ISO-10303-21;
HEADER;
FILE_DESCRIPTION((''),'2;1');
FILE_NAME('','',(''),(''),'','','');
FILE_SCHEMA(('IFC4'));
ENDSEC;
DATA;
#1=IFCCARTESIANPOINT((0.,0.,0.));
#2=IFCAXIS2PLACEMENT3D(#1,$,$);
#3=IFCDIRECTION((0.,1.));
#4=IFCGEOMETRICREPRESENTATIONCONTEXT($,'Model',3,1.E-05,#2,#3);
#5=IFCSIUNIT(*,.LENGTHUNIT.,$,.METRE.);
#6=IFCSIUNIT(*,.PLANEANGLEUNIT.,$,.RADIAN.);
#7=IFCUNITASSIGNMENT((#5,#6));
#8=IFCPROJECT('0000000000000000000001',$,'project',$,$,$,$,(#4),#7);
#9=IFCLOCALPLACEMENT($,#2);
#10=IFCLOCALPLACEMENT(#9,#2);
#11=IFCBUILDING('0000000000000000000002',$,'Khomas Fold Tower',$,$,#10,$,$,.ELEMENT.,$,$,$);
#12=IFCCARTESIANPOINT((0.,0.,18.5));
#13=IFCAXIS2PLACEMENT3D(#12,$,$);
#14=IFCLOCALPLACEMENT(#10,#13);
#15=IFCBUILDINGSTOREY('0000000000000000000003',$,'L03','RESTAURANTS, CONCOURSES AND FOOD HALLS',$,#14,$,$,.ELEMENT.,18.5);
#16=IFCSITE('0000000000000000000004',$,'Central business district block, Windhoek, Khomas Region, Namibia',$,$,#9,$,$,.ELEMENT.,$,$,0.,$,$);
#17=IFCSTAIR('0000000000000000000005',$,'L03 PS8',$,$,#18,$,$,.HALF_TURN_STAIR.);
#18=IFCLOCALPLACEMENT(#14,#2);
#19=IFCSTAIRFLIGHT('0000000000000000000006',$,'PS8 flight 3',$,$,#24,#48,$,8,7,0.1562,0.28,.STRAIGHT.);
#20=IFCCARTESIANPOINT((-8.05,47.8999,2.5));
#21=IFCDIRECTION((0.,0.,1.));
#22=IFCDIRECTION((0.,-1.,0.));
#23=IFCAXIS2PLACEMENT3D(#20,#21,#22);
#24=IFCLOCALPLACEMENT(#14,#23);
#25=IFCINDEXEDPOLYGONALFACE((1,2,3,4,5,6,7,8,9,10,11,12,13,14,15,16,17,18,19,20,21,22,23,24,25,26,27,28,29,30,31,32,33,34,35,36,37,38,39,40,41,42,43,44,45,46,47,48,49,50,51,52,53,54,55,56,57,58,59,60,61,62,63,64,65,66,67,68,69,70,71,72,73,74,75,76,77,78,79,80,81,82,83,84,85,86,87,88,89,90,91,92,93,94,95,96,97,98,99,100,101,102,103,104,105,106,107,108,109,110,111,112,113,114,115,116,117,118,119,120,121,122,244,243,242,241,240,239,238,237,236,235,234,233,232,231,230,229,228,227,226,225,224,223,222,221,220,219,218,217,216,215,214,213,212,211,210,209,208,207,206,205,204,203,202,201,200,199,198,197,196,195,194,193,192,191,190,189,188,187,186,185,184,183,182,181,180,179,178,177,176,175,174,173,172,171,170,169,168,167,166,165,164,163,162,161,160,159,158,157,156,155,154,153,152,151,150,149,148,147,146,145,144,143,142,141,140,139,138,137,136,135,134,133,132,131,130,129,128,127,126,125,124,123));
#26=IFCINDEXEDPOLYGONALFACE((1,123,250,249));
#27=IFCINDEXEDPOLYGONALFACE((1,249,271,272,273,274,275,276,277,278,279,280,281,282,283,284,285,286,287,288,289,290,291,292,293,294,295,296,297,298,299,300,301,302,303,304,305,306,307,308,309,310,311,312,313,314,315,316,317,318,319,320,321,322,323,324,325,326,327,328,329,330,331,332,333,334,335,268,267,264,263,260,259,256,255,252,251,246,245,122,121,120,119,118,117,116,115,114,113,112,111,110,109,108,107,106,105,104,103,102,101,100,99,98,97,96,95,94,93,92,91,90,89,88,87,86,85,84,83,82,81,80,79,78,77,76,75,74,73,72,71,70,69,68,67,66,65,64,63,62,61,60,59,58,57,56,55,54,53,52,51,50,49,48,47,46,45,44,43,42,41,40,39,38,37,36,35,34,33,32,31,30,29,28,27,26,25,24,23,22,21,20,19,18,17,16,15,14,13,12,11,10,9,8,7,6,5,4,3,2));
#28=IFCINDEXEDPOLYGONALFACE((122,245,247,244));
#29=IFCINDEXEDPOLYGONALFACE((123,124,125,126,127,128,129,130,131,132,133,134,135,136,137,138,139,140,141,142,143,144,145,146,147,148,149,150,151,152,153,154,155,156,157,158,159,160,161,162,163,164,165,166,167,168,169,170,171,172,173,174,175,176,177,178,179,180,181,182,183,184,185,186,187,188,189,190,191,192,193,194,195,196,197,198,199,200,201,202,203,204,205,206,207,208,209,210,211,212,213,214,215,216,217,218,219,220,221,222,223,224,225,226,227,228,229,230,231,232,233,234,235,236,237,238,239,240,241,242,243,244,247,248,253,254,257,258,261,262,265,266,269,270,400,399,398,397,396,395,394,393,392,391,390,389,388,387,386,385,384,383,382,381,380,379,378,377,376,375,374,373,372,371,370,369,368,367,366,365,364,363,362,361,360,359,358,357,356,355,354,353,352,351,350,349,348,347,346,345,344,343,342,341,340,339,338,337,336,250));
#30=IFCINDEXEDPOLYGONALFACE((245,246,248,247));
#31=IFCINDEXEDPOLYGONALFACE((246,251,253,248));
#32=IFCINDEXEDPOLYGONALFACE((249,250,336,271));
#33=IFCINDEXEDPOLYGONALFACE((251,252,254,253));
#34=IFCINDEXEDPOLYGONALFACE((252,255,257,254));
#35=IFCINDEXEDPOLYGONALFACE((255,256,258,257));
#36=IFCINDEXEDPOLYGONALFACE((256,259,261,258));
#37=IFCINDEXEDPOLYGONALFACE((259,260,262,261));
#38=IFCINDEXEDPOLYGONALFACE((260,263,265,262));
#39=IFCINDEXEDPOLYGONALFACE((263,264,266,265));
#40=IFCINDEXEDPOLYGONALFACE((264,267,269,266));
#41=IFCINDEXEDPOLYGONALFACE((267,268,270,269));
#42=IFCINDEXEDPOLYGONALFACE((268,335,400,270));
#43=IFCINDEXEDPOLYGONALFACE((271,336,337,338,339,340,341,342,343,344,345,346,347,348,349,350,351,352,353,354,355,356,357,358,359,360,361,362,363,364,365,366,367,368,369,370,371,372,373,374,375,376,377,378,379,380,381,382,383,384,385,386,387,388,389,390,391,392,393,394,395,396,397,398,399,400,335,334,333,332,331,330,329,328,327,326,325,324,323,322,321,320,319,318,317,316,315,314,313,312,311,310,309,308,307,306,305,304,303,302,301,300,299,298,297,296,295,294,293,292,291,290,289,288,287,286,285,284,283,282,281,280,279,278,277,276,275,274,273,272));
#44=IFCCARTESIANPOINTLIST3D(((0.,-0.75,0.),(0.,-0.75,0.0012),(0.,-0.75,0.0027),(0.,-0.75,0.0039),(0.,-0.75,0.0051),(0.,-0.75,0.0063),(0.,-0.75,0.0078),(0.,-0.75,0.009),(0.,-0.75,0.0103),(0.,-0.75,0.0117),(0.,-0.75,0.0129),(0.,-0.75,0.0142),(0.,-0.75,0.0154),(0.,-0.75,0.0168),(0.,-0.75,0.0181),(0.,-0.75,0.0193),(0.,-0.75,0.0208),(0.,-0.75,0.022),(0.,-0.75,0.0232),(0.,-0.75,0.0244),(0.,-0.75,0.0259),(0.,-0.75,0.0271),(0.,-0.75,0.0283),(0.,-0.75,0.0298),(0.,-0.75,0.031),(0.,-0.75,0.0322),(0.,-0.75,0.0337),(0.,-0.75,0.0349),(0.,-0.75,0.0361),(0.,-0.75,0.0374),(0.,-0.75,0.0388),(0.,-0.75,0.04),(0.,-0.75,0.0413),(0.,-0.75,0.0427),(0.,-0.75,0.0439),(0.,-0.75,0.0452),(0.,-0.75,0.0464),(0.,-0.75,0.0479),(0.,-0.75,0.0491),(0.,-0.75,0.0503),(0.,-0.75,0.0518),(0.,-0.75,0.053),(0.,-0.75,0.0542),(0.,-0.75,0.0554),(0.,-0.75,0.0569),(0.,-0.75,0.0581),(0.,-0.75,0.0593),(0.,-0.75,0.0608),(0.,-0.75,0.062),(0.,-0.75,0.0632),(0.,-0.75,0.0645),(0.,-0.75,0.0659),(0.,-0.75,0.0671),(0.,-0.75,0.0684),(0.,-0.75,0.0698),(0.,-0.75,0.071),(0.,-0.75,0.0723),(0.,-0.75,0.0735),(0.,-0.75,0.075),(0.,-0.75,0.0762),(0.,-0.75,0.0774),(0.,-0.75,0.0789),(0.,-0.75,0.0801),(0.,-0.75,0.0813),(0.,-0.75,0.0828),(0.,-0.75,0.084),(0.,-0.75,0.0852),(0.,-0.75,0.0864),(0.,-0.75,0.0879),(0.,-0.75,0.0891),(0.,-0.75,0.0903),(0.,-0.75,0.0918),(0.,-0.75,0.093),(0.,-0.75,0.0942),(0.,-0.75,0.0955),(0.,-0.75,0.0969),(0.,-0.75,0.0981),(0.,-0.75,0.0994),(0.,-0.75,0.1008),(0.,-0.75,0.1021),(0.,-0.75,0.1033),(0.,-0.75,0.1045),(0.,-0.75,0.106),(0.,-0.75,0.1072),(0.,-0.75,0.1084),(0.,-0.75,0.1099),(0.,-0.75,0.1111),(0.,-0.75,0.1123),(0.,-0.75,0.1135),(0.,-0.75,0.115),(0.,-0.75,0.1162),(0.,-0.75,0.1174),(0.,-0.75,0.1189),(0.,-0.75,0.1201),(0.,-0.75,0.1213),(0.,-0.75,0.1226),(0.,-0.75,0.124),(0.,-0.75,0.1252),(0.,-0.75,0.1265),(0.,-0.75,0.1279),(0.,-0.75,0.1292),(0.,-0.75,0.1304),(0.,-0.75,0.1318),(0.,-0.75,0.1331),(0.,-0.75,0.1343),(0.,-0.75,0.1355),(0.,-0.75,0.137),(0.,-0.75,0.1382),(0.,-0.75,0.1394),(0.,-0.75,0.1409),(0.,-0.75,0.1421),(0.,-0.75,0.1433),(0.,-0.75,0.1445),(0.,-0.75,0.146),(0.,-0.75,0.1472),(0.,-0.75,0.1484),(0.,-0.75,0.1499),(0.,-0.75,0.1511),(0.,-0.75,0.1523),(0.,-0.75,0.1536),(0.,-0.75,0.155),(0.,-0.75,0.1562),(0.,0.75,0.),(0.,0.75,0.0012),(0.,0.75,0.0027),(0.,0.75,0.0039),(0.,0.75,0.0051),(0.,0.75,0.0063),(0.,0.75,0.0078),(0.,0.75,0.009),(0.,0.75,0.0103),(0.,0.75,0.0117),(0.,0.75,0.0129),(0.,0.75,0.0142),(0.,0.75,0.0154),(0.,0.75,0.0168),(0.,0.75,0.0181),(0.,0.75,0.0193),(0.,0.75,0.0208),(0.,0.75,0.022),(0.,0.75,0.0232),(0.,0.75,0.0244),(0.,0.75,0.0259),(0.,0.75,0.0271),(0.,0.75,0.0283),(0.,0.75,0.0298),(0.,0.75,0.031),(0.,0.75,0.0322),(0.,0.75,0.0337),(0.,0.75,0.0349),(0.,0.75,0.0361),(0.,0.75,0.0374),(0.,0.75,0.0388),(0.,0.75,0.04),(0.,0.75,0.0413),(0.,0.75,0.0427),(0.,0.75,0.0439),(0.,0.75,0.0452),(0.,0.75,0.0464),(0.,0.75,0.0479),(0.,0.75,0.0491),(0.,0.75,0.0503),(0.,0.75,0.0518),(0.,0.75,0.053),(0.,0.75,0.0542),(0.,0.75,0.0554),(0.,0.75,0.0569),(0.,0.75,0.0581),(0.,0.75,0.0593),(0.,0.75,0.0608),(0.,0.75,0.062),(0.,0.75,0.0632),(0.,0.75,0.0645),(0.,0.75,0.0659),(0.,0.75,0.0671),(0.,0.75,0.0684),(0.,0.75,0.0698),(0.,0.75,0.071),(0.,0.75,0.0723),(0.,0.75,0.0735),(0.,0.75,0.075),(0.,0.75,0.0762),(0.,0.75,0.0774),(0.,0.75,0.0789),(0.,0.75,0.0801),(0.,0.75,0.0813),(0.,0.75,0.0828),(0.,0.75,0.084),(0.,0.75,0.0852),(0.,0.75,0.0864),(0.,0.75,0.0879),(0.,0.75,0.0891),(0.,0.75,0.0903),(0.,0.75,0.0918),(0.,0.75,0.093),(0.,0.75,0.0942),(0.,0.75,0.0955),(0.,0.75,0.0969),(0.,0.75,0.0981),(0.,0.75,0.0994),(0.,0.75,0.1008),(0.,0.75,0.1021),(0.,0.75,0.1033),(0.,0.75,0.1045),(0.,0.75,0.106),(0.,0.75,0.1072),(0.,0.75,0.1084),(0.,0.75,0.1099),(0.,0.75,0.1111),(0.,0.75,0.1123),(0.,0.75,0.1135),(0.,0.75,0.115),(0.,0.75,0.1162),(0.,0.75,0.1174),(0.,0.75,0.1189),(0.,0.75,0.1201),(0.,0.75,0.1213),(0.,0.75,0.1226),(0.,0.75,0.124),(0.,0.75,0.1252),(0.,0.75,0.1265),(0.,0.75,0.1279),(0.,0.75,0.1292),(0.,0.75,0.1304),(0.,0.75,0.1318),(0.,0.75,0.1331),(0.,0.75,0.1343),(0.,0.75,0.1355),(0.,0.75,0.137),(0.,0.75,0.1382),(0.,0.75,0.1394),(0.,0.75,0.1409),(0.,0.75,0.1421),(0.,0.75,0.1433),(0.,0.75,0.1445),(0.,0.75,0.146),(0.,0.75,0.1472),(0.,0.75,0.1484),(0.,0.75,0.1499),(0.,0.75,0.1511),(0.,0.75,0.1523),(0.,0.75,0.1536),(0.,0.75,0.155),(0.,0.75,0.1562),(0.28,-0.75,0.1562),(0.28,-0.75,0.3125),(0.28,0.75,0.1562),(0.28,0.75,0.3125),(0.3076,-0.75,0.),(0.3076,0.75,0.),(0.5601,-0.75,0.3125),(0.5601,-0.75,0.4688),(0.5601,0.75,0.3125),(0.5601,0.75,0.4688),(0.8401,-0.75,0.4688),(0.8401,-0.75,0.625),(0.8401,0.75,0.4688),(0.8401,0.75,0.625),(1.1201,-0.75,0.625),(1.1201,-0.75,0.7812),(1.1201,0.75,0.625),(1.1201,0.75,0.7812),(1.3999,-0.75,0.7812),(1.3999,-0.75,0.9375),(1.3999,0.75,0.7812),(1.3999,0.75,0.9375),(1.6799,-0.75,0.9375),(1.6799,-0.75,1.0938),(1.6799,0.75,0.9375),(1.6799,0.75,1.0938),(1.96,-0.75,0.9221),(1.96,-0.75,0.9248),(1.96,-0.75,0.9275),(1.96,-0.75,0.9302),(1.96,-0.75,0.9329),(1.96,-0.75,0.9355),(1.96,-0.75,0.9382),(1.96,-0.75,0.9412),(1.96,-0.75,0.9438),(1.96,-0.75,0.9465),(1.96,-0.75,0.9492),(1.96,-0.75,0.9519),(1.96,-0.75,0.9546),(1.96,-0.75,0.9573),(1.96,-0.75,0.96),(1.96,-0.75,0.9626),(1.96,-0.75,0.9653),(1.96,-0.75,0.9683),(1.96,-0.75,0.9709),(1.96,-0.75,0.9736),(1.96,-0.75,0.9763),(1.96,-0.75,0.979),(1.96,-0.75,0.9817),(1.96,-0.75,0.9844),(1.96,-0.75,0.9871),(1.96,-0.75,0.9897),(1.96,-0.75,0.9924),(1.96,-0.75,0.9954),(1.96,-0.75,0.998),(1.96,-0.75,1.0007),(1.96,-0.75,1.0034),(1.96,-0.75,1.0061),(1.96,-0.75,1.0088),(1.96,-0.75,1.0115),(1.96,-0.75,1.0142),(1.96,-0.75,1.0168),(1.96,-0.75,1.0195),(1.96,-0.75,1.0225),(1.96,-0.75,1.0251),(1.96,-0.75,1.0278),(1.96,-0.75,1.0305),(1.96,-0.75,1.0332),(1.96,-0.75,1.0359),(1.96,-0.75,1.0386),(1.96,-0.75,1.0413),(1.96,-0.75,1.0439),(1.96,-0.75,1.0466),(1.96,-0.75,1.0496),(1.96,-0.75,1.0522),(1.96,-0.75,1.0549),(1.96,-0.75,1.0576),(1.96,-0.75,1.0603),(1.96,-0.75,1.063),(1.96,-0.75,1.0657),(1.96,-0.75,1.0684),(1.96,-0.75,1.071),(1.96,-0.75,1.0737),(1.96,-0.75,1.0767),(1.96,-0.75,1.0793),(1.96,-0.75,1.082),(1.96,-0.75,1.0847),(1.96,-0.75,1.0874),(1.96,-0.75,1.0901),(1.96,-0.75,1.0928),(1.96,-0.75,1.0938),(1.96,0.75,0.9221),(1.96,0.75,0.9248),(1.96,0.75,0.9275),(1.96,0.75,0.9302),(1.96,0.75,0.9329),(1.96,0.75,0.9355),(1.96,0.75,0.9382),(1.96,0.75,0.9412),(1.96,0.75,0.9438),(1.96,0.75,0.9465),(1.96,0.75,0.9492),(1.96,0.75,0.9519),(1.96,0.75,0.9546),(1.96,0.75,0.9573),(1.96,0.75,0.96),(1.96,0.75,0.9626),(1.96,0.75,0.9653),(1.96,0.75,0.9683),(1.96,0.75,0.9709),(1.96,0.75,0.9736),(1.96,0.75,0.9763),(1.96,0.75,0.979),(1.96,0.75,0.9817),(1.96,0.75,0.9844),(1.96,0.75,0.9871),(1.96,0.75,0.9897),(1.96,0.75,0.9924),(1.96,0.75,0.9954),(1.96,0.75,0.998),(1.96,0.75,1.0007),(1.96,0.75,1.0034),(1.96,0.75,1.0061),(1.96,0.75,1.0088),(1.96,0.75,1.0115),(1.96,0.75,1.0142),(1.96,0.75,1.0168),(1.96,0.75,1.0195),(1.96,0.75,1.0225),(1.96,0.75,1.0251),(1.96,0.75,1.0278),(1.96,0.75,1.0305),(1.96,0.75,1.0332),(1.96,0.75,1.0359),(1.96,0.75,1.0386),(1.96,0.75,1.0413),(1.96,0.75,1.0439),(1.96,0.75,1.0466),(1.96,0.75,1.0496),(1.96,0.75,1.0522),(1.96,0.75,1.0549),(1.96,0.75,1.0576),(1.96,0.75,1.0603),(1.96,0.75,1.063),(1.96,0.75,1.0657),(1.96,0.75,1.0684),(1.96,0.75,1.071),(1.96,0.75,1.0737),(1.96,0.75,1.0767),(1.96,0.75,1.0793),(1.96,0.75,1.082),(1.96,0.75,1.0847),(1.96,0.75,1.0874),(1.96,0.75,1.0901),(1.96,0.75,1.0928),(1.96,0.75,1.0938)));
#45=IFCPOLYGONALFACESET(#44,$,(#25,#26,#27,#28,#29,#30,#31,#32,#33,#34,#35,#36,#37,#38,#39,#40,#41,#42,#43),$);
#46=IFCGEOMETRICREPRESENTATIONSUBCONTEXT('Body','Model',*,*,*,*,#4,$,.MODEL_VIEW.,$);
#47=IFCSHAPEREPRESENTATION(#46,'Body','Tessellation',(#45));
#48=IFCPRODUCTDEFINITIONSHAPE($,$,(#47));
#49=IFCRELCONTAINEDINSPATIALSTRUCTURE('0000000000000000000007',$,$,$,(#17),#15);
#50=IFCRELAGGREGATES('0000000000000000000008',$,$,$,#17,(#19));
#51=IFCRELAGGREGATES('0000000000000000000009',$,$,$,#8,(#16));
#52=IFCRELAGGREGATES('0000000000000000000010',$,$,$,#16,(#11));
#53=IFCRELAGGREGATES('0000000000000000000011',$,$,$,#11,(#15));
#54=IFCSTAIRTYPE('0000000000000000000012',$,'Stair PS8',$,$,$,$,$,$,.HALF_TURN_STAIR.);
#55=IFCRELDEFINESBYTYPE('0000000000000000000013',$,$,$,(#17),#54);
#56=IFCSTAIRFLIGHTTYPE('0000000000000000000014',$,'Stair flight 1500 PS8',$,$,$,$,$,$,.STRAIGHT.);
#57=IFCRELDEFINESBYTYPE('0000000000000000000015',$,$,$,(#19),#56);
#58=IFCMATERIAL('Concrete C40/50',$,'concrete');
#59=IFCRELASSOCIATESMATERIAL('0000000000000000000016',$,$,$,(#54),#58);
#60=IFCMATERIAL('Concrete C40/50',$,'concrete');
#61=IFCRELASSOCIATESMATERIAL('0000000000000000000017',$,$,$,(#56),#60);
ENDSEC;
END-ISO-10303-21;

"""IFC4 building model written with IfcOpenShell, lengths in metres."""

from ifc_helpers import new_model, si_unit, direction, frame, origin, place, context, subcontext, project, spatial, polyline, outline, extrude, source, transform, mapped, material, type_object, element, aggregate, save


model = new_model("IFC4")

# Units and contexts
model_context = context("Model", 3, precision=1e-05, world=origin(), true_north=direction((0.0, 1.0)))
body_context = subcontext(model_context, "Body", "Model", "MODEL_VIEW")
ifc_project = project(units=[si_unit("LENGTHUNIT", "METRE"), si_unit("PLANEANGLEUNIT", "RADIAN")], contexts=[model_context])

# Site, building, storey
site_placement = place(None, origin())
site = spatial("IfcSite", under=ifc_project, at=site_placement, Name="Central business district block, Windhoek, Khomas Region, Namibia", CompositionType="ELEMENT", RefElevation=0.0)
building_placement = place(site_placement, origin())
building = spatial("IfcBuilding", under=site, at=building_placement, Name="Khomas Fold Tower", CompositionType="ELEMENT")
storey_placement = place(building_placement, frame((0.0, 0.0, 18.5)))
storey = spatial("IfcBuildingStorey", under=building, at=storey_placement, Name="L03", Description="RESTAURANTS, CONCOURSES AND FOOD HALLS", CompositionType="ELEMENT", Elevation=18.5)

# Stair, stair flight
ifc_material_1 = material(Name="Concrete C40/50", Category="concrete")
stair_type = type_object("IfcStairType", Name="Stair PS8", PredefinedType="HALF_TURN_STAIR", material=ifc_material_1)
stair_placement = place(storey_placement, origin())
stair = element("IfcStair", 1, at=stair_placement, inside=storey, type_object=stair_type, Name="L03 PS8", PredefinedType="HALF_TURN_STAIR")
ifc_material_2 = material(Name="Concrete C40/50", Category="concrete")
stair_flight_type = type_object("IfcStairFlightType", Name="Stair flight 1500 PS8", PredefinedType="STRAIGHT", material=ifc_material_2)
shared_shape_1 = source(origin(), body_context, "Body", "SweptSolid", [
    extrude(outline(polyline([(0.0, 0.0), (0.0, 0.0012), (0.0, 0.0027), (0.0, 0.0039), (0.0, 0.0051), (0.0, 0.0063), (0.0, 0.0078), (0.0, 0.009), (0.0, 0.0103), (0.0, 0.0117), (0.0, 0.0129), (0.0, 0.0142), (0.0, 0.0154), (0.0, 0.0168), (0.0, 0.0181), (0.0, 0.0193), (0.0, 0.0208), (0.0, 0.022), (0.0, 0.0232), (0.0, 0.0244), (0.0, 0.0259), (0.0, 0.0271), (0.0, 0.0283), (0.0, 0.0298), (0.0, 0.031), (0.0, 0.0322), (0.0, 0.0337), (0.0, 0.0349), (0.0, 0.0361), (0.0, 0.0374), (0.0, 0.0388), (0.0, 0.04), (0.0, 0.0413), (0.0, 0.0427), (0.0, 0.0439), (0.0, 0.0452), (0.0, 0.0464), (0.0, 0.0479), (0.0, 0.0491), (0.0, 0.0503), (0.0, 0.0518), (0.0, 0.053), (0.0, 0.0542), (0.0, 0.0554), (0.0, 0.0569), (0.0, 0.0581), (0.0, 0.0593), (0.0, 0.0608), (0.0, 0.062), (0.0, 0.0632), (0.0, 0.0645), (0.0, 0.0659), (0.0, 0.0671), (0.0, 0.0684), (0.0, 0.0698), (0.0, 0.071), (0.0, 0.0723), (0.0, 0.0735), (0.0, 0.075), (0.0, 0.0762), (0.0, 0.0774), (0.0, 0.0789), (0.0, 0.0801), (0.0, 0.0813), (0.0, 0.0828), (0.0, 0.084), (0.0, 0.0852), (0.0, 0.0864), (0.0, 0.0879), (0.0, 0.0891), (0.0, 0.0903), (0.0, 0.0918), (0.0, 0.093), (0.0, 0.0942), (0.0, 0.0955), (0.0, 0.0969), (0.0, 0.0981), (0.0, 0.0994), (0.0, 0.1008), (0.0, 0.1021), (0.0, 0.1033), (0.0, 0.1045), (0.0, 0.106), (0.0, 0.1072), (0.0, 0.1084), (0.0, 0.1099), (0.0, 0.1111), (0.0, 0.1123), (0.0, 0.1135), (0.0, 0.115), (0.0, 0.1162), (0.0, 0.1174), (0.0, 0.1189), (0.0, 0.1201), (0.0, 0.1213), (0.0, 0.1226), (0.0, 0.124), (0.0, 0.1252), (0.0, 0.1265), (0.0, 0.1279), (0.0, 0.1292), (0.0, 0.1304), (0.0, 0.1318), (0.0, 0.1331), (0.0, 0.1343), (0.0, 0.1355), (0.0, 0.137), (0.0, 0.1382), (0.0, 0.1394), (0.0, 0.1409), (0.0, 0.1421), (0.0, 0.1433), (0.0, 0.1445), (0.0, 0.146), (0.0, 0.1472), (0.0, 0.1484), (0.0, 0.1499), (0.0, 0.1511), (0.0, 0.1523), (0.0, 0.1536), (0.0, 0.155), (0.0, 0.1562), (0.28, 0.1562), (0.28, 0.3125), (0.5601, 0.3125), (0.5601, 0.4688), (0.8401, 0.4688), (0.8401, 0.625), (1.1201, 0.625), (1.1201, 0.7812), (1.3999, 0.7812), (1.3999, 0.9375), (1.6799, 0.9375), (1.6799, 1.0938), (1.96, 1.0938), (1.96, 1.25), (1.96, 1.2473), (1.96, 1.2446), (1.96, 1.2419), (1.96, 1.2393), (1.96, 1.2363), (1.96, 1.2336), (1.96, 1.231), (1.96, 1.2283), (1.96, 1.2256), (1.96, 1.2229), (1.96, 1.2202), (1.96, 1.2175), (1.96, 1.2148), (1.96, 1.2122), (1.96, 1.2092), (1.96, 1.2065), (1.96, 1.2039), (1.96, 1.2012), (1.96, 1.1985), (1.96, 1.1958), (1.96, 1.1931), (1.96, 1.1904), (1.96, 1.1877), (1.96, 1.1851), (1.96, 1.1821), (1.96, 1.1794), (1.96, 1.1768), (1.96, 1.1741), (1.96, 1.1714), (1.96, 1.1687), (1.96, 1.166), (1.96, 1.1633), (1.96, 1.1606), (1.96, 1.158), (1.96, 1.155), (1.96, 1.1523), (1.96, 1.1497), (1.96, 1.147), (1.96, 1.1443), (1.96, 1.1416), (1.96, 1.1389), (1.96, 1.1362), (1.96, 1.1335), (1.96, 1.1309), (1.96, 1.1279), (1.96, 1.1252), (1.96, 1.1226), (1.96, 1.1199), (1.96, 1.1172), (1.96, 1.1145), (1.96, 1.1118), (1.96, 1.1091), (1.96, 1.1064), (1.96, 1.1038), (1.96, 1.1008), (1.96, 1.0981), (1.96, 1.0955), (1.96, 1.0928), (1.96, 1.0901), (1.96, 1.0874), (1.96, 1.0847), (1.96, 1.082), (1.96, 1.0793), (1.96, 1.0767), (1.96, 1.0737), (1.96, 1.071), (1.96, 1.0684), (1.96, 1.0657), (1.96, 1.063), (1.96, 1.0603), (1.96, 1.0576), (1.96, 1.0549), (1.96, 1.0522), (1.96, 1.0496), (1.96, 1.0466), (1.96, 1.0439), (1.96, 1.0413), (1.96, 1.0386), (1.96, 1.0359), (1.96, 1.0332), (1.96, 1.0305), (1.96, 1.0278), (1.96, 1.0251), (1.96, 1.0225), (1.96, 1.0195), (1.96, 1.0168), (1.96, 1.0142), (1.96, 1.0115), (1.96, 1.0088), (1.96, 1.0061), (1.96, 1.0034), (1.96, 1.0007), (1.96, 0.998), (1.96, 0.9954), (1.96, 0.9924), (1.96, 0.9897), (1.96, 0.9871), (1.96, 0.9844), (1.96, 0.9817), (1.96, 0.979), (1.96, 0.9763), (1.96, 0.9736), (1.96, 0.9709), (1.96, 0.9683), (1.96, 0.9653), (1.96, 0.9626), (1.96, 0.96), (1.96, 0.9573), (1.96, 0.9546), (1.96, 0.9519), (1.96, 0.9492), (1.96, 0.9465), (1.96, 0.9438), (1.96, 0.9412), (1.96, 0.9382), (1.96, 0.9355), (1.96, 0.9329), (1.96, 0.9302), (1.96, 0.9275), (1.96, 0.9248), (1.96, 0.9221), (0.3076, 0.0), (0.0, 0.0)])), frame((0.0, 0.75, 0.0), z_axis=(0.0, -1.0, 0.0), x_axis=(1.0, 0.0, 0.0)), (0.0, 0.0, 1.0), 1.5),
])
stair_flight_1_placement = place(storey_placement, frame((-8.05, 47.8999, 2.5), z_axis=(0.0, 0.0, 1.0), x_axis=(0.0, -1.0, 0.0)))
stair_flight_1 = element("IfcStairFlight", 2, at=stair_flight_1_placement, type_object=stair_flight_type, Name="PS8 flight 3", NumberOfRisers=8, NumberOfTreads=7, PredefinedType="STRAIGHT", RiserHeight=0.1562, TreadLength=0.28, context=body_context, shape_type="MappedRepresentation", body=[
    mapped(shared_shape_1, transform((0.0, 0.0, 0.0))),
])
aggregate(stair, [stair_flight_1])

save(model, "model.ifc")
